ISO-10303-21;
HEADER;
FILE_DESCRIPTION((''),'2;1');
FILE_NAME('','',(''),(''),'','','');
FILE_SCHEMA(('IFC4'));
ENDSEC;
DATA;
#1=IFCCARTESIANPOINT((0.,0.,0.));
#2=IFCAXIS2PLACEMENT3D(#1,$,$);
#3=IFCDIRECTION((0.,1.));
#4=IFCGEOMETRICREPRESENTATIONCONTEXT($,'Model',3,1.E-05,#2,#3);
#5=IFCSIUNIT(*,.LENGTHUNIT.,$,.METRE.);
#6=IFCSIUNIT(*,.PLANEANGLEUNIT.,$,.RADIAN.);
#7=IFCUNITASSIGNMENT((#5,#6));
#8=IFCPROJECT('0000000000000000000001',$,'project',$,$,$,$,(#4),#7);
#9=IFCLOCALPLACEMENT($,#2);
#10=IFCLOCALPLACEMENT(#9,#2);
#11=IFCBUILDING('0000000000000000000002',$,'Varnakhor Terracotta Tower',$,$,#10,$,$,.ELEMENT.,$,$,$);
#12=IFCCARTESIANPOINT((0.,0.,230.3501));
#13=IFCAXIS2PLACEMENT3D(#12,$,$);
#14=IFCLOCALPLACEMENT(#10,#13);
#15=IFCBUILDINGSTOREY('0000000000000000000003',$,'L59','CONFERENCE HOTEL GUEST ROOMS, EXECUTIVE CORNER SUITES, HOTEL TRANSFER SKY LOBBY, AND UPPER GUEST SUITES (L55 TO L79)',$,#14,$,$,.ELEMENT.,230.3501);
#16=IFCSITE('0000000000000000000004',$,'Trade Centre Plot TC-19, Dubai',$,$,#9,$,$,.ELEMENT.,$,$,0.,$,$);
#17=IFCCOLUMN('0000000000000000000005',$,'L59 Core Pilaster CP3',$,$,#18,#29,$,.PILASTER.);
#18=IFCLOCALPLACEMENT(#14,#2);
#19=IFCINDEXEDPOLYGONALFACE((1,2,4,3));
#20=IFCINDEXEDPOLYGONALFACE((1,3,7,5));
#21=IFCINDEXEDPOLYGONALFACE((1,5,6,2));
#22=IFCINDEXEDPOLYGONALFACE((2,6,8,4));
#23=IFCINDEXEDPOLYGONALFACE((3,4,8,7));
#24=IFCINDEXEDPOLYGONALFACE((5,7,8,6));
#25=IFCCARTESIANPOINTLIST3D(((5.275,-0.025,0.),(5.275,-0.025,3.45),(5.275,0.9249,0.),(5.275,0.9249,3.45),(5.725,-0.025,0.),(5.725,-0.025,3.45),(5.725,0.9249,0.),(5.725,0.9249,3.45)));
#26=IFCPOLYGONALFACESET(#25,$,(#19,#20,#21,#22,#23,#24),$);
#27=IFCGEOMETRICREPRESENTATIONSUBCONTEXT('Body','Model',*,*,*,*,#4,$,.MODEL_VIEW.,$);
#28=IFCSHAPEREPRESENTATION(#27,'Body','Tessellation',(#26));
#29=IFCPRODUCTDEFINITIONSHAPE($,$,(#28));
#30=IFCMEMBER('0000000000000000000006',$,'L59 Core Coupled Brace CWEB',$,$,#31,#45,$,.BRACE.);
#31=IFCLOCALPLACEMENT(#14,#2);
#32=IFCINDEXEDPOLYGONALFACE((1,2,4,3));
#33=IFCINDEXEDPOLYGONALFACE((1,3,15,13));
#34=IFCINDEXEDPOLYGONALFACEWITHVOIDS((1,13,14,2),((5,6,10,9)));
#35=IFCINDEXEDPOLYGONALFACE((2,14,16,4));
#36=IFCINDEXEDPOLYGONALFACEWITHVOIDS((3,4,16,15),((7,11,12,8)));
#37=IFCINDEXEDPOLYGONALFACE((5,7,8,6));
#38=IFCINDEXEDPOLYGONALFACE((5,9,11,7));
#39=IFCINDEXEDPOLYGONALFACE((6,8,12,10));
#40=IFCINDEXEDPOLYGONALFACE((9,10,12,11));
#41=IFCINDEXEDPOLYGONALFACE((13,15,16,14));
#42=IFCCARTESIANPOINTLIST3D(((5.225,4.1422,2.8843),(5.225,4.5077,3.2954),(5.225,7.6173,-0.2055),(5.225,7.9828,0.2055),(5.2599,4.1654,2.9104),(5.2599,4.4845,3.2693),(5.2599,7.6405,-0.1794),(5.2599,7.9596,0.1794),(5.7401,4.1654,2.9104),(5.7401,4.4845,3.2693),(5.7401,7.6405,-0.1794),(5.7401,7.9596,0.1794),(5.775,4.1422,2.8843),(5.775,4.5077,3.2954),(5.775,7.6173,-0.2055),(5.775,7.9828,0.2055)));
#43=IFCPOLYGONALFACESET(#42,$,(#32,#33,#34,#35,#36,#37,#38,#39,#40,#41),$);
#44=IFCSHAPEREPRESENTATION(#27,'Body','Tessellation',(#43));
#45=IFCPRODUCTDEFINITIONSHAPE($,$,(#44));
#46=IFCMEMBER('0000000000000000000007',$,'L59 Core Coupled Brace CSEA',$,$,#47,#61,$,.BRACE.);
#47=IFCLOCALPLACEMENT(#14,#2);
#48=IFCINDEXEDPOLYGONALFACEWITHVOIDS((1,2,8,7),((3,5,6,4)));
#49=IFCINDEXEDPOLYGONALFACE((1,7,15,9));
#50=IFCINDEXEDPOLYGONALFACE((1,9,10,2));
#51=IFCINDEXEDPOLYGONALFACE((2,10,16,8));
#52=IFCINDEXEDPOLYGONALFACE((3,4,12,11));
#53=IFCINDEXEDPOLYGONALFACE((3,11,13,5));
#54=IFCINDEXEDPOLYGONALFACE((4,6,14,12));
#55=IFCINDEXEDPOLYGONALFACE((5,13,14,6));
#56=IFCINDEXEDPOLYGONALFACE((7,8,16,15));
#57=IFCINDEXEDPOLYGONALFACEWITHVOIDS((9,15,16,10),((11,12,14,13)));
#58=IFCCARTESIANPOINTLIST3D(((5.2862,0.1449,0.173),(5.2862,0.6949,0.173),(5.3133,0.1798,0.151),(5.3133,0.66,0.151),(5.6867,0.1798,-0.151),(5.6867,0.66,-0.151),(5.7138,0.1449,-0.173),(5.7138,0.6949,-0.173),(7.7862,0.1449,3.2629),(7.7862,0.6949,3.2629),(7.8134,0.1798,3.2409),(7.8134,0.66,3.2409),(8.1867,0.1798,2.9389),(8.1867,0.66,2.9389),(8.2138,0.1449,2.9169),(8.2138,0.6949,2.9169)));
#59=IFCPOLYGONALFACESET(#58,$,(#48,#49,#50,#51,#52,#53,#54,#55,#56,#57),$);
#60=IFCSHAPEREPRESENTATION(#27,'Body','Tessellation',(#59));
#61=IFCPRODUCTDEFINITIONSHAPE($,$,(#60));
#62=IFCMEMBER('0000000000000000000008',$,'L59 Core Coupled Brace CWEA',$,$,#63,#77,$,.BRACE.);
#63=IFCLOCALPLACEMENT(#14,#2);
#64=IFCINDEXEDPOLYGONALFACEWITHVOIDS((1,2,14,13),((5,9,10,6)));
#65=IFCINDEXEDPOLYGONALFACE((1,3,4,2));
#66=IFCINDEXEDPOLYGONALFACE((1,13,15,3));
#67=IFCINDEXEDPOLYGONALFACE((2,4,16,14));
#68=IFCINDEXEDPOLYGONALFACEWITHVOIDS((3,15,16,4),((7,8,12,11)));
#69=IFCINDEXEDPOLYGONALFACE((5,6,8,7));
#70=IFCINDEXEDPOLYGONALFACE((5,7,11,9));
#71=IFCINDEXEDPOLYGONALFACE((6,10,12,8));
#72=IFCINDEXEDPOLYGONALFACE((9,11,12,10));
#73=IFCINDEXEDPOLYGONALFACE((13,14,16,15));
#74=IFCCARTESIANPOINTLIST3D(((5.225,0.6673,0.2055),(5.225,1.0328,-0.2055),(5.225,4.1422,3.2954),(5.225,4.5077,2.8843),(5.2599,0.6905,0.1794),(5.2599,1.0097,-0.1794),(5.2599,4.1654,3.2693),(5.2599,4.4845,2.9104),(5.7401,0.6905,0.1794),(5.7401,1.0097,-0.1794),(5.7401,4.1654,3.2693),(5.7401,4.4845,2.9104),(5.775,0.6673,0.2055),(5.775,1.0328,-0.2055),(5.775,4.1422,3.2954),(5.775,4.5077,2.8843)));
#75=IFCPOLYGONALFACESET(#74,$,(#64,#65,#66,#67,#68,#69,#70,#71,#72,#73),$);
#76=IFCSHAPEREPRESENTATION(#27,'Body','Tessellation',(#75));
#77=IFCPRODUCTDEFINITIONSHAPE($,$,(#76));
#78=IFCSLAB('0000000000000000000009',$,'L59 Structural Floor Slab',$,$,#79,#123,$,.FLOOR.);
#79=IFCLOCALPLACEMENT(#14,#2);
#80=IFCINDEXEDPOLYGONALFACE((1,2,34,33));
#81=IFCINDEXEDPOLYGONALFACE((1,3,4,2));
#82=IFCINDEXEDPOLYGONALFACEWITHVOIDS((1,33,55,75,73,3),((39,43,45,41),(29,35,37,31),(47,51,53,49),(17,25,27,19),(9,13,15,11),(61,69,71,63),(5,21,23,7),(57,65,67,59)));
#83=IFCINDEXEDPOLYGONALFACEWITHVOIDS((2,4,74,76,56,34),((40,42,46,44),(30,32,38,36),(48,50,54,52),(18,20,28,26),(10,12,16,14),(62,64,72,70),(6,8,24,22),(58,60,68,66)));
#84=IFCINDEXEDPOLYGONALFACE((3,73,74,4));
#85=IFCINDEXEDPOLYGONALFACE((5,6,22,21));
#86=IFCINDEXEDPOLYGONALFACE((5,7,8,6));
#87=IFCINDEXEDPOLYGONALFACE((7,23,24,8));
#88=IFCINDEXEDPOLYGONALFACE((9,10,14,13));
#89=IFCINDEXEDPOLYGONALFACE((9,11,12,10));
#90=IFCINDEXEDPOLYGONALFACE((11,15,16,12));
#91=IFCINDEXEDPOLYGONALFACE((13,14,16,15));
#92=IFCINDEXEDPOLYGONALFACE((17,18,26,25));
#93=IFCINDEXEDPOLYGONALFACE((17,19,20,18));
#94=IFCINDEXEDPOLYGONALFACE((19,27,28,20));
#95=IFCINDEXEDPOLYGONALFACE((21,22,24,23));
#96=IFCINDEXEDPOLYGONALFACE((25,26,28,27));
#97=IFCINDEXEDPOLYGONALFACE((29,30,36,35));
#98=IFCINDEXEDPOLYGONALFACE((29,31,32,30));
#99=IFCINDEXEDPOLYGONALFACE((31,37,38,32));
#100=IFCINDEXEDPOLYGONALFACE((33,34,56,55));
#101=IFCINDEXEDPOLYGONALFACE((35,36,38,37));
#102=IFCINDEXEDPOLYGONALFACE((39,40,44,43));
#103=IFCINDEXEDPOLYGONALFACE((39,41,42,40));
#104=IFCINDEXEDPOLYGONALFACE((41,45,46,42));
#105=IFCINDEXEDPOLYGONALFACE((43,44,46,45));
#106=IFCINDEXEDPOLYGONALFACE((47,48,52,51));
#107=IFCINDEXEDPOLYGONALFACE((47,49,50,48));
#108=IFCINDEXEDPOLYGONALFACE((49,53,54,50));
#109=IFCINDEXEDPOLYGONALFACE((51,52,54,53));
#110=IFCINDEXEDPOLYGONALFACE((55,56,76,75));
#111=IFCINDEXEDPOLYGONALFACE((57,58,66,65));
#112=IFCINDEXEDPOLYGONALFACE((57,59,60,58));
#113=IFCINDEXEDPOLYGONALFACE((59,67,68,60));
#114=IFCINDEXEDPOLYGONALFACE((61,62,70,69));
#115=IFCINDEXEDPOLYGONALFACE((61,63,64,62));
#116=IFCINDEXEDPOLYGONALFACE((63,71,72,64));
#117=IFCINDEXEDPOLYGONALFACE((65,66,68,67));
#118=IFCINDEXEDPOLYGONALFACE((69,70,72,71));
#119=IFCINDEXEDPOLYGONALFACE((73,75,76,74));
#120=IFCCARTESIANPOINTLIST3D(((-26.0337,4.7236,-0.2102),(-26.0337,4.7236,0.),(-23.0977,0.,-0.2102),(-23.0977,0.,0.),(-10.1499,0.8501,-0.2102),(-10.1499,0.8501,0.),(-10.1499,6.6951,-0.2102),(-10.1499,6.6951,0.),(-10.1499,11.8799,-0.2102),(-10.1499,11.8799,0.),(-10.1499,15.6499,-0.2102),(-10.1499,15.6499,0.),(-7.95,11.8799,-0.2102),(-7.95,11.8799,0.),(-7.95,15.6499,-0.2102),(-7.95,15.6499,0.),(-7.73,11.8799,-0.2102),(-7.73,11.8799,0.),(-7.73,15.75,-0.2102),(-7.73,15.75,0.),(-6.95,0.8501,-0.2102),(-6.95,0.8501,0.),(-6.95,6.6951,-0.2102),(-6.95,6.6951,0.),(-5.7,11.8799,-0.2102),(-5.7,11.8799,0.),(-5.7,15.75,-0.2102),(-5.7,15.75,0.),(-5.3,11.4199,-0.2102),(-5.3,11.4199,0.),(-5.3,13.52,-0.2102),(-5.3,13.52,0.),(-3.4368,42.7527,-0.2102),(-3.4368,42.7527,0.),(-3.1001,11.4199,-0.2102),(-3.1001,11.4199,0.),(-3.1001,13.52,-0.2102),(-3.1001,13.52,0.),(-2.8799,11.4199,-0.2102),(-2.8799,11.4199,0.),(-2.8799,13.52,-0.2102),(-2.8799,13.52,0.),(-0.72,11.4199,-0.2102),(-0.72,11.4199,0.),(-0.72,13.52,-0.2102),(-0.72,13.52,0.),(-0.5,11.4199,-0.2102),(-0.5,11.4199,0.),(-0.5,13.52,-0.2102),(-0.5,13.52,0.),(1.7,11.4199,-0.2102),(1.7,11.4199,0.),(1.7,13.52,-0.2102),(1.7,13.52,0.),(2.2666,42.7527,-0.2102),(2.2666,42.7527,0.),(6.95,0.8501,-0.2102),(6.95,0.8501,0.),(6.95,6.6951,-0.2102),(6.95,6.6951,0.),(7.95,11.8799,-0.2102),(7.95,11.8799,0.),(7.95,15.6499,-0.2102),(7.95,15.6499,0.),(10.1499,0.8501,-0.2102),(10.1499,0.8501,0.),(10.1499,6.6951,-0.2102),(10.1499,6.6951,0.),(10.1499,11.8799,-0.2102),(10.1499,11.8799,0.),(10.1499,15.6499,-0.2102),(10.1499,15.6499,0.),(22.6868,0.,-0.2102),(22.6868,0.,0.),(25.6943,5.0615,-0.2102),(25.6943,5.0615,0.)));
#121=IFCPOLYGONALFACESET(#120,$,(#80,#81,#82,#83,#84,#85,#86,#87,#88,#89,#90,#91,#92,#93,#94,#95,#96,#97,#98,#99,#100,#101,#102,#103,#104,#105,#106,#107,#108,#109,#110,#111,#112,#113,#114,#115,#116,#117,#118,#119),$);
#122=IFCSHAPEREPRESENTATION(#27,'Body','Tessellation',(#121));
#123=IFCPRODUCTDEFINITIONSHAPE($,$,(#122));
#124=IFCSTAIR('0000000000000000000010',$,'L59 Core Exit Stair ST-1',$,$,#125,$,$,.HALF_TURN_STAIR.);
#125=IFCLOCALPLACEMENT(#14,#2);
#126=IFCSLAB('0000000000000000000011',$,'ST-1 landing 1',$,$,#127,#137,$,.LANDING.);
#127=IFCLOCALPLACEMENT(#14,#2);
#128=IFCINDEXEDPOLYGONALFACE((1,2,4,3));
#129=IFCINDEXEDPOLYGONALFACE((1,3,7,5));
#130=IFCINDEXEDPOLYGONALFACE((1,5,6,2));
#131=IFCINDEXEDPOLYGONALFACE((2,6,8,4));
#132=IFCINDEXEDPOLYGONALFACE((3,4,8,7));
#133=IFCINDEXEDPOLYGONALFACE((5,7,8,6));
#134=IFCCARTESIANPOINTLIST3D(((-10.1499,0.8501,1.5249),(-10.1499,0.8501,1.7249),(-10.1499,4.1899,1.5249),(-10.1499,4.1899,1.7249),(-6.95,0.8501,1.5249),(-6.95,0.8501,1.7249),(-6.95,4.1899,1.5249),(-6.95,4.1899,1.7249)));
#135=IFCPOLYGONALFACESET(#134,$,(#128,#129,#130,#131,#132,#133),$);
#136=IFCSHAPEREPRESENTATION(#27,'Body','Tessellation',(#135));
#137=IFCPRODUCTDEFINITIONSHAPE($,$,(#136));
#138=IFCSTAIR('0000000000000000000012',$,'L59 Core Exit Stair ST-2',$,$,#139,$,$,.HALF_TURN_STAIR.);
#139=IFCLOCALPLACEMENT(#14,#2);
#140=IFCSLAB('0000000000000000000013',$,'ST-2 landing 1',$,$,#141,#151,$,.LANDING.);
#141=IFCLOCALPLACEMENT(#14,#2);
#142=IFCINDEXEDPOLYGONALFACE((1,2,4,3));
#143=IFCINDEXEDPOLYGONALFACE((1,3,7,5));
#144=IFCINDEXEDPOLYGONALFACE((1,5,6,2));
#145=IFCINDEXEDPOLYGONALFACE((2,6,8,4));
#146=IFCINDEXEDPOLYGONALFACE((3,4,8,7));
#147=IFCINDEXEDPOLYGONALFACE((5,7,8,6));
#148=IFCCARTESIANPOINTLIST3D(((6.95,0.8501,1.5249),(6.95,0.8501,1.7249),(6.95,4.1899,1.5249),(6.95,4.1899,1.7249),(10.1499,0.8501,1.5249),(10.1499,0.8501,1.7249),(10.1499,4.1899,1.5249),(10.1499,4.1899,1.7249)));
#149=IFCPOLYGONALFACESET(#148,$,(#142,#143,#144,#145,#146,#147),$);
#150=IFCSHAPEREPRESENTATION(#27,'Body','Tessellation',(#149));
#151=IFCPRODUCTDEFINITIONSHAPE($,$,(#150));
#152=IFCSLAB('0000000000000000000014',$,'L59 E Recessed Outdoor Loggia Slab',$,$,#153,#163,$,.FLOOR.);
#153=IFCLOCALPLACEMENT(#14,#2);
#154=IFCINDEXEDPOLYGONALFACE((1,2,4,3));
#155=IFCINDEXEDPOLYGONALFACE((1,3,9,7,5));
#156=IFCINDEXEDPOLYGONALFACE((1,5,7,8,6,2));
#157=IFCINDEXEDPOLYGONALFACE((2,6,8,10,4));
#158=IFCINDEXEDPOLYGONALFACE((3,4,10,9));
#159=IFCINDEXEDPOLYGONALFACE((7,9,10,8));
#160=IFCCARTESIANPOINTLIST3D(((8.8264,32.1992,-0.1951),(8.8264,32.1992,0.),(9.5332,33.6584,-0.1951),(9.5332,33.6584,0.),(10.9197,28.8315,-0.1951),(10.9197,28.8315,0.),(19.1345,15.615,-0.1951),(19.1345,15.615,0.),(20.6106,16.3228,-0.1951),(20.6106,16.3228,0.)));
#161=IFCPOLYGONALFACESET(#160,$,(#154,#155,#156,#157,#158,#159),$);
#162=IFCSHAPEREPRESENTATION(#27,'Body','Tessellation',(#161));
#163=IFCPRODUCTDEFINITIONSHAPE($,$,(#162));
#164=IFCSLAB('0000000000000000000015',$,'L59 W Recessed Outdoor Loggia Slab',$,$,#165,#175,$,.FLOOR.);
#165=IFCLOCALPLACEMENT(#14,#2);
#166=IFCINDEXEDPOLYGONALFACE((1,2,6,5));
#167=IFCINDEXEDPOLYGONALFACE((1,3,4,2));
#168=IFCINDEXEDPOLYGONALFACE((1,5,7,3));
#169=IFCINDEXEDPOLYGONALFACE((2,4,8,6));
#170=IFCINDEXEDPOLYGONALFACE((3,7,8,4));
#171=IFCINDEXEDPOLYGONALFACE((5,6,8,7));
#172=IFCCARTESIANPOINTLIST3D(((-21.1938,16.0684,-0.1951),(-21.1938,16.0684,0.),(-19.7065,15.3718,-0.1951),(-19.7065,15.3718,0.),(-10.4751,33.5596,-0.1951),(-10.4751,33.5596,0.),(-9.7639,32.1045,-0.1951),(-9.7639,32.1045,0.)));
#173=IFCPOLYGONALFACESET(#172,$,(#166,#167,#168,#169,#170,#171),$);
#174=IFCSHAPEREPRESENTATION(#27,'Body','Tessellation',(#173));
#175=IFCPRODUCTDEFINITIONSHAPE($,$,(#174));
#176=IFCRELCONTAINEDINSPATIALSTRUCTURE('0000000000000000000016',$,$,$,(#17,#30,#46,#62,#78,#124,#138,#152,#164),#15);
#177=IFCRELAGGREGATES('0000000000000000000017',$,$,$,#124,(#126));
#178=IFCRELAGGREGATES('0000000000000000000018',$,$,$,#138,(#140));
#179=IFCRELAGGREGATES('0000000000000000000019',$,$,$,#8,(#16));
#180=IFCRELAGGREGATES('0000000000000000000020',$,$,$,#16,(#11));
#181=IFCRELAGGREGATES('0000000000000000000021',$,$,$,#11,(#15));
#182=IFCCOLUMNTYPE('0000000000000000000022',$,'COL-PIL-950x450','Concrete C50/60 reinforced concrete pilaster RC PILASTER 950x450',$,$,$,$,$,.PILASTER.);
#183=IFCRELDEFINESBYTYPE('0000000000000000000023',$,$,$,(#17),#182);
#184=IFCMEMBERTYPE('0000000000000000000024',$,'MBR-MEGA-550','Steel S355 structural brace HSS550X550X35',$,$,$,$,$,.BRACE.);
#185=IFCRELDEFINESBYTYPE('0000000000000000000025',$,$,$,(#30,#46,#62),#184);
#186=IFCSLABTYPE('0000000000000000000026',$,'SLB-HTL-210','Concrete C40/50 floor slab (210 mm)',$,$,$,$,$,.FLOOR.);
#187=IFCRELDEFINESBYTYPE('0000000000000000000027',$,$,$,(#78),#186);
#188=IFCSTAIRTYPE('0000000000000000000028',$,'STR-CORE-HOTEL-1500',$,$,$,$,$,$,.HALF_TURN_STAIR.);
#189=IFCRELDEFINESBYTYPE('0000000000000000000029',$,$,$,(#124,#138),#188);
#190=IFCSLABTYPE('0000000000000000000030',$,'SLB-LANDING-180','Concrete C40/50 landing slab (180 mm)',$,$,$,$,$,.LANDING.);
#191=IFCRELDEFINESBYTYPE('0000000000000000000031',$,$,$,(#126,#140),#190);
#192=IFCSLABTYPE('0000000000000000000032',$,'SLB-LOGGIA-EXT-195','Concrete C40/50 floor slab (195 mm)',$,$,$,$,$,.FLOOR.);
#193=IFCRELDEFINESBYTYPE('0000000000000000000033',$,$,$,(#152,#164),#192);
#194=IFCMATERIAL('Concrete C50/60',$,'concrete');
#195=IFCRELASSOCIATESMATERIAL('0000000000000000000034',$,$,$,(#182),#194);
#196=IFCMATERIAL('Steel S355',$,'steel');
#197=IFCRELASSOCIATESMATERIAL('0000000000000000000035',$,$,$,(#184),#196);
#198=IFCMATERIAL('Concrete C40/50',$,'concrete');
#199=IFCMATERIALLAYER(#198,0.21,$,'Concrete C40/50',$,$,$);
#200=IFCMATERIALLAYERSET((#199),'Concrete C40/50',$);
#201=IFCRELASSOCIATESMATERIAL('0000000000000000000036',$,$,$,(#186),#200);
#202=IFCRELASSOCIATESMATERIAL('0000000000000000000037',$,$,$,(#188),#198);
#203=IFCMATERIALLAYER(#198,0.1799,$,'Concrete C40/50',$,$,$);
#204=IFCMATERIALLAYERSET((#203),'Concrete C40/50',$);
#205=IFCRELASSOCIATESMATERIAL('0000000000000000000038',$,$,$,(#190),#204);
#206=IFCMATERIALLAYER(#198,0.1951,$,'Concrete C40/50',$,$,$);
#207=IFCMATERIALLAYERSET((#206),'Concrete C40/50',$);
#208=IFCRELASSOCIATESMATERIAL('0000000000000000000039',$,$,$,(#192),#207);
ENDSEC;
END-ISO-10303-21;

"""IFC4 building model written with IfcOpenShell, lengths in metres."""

from ifc_helpers import new_model, si_unit, direction, frame, origin, origin_2d, place, context, subcontext, project, spatial, polyline, rectangle, hollow_rectangle, outline, extrude, source, transform, mapped, material, layer, layer_set, material_profile, profile_set, type_object, element, aggregate, save


model = new_model("IFC4")

# Units and contexts
model_context = context("Model", 3, precision=1e-05, world=origin(), true_north=direction((0.0, 1.0)))
body_context = subcontext(model_context, "Body", "Model", "MODEL_VIEW")
ifc_project = project(units=[si_unit("LENGTHUNIT", "METRE"), si_unit("PLANEANGLEUNIT", "RADIAN")], contexts=[model_context])

# Site, building, storey
site_placement = place(None, origin())
site = spatial("IfcSite", under=ifc_project, at=site_placement, Name="Trade Centre Plot TC-19, Dubai", CompositionType="ELEMENT", RefElevation=0.0)
building_placement = place(site_placement, origin())
building = spatial("IfcBuilding", under=site, at=building_placement, Name="Varnakhor Terracotta Tower", CompositionType="ELEMENT")
storey_placement = place(building_placement, frame((0.0, 0.0, 230.3501)))
storey = spatial("IfcBuildingStorey", under=building, at=storey_placement, Name="L59", Description="CONFERENCE HOTEL GUEST ROOMS, EXECUTIVE CORNER SUITES, HOTEL TRANSFER SKY LOBBY, AND UPPER GUEST SUITES (L55 TO L79)", CompositionType="ELEMENT", Elevation=230.3501)

# Column
ifc_material_1 = material(Name="Concrete C50/60", Category="concrete")
ifc_material_profile_1 = material_profile(ifc_material_1, rectangle(XDim=0.45, YDim=0.95, at=origin_2d()), Name="RC PILASTER 950x450")
ifc_profile_set_1 = profile_set([ifc_material_profile_1], Name="Concrete C50/60")
column_type = type_object("IfcColumnType", Name="COL-PIL-950x450", Description="Concrete C50/60 reinforced concrete pilaster RC PILASTER 950x450", PredefinedType="PILASTER", material=ifc_profile_set_1)
shared_shape_1 = source(origin(), body_context, "Body", "SweptSolid", [
    extrude(rectangle(XDim=0.45, YDim=0.95, at=origin_2d()), origin(), (0.0, 0.0, 1.0), 3.45),
])
column_placement = place(storey_placement, frame((5.5, 0.45, 0.0), z_axis=(0.0, 0.0, 1.0), x_axis=(1.0, 0.0, 0.0)))
element("IfcColumn", 1, at=column_placement, inside=storey, type_object=column_type, Name="L59 Core Pilaster CP3", PredefinedType="PILASTER", context=body_context, shape_type="MappedRepresentation", body=[
    mapped(shared_shape_1, transform((0.0, 0.0, 0.0), scale=1.0)),
])

# Members
ifc_material_2 = material(Name="Steel S355", Category="steel")
ifc_material_profile_2 = material_profile(ifc_material_2, hollow_rectangle(XDim=0.55, YDim=0.55, WallThickness=0.0349, at=origin_2d()), Name="HSS550X550X35")
ifc_profile_set_2 = profile_set([ifc_material_profile_2], Name="Steel S355")
member_type = type_object("IfcMemberType", Name="MBR-MEGA-550", Description="Steel S355 structural brace HSS550X550X35", PredefinedType="BRACE", material=ifc_profile_set_2)
shared_shape_2 = source(origin(), body_context, "Body", "SweptSolid", [
    extrude(hollow_rectangle(XDim=0.55, YDim=0.55, WallThickness=0.0349, at=origin_2d()), origin(), (0.0, 0.0, 1.0), 4.6501),
])
member_1_placement = place(storey_placement, frame((5.5, 7.8, 0.0), z_axis=(0.0, -0.747317, 0.664468), x_axis=(1.0, 0.0, 0.0)))
element("IfcMember", 2, at=member_1_placement, inside=storey, type_object=member_type, Name="L59 Core Coupled Brace CWEB", PredefinedType="BRACE", context=body_context, shape_type="MappedRepresentation", body=[
    mapped(shared_shape_2, transform((0.0, 0.0, 0.0), scale=1.0)),
])
shared_shape_3 = source(origin(), body_context, "Body", "SweptSolid", [
    extrude(hollow_rectangle(XDim=0.55, YDim=0.55, WallThickness=0.0349, at=origin_2d()), origin(), (0.0, 0.0, 1.0), 3.9746),
])
member_2_placement = place(storey_placement, frame((5.5, 0.4199, 0.0), z_axis=(0.629, 0.0, 0.777405), x_axis=(0.0, 1.0, 0.0)))
element("IfcMember", 3, at=member_2_placement, inside=storey, type_object=member_type, Name="L59 Core Coupled Brace CSEA", PredefinedType="BRACE", context=body_context, shape_type="MappedRepresentation", body=[
    mapped(shared_shape_3, transform((0.0, 0.0, 0.0), scale=1.0)),
])
shared_shape_4 = source(origin(), body_context, "Body", "SweptSolid", [
    extrude(hollow_rectangle(XDim=0.55, YDim=0.55, WallThickness=0.0349, at=origin_2d()), origin(), (0.0, 0.0, 1.0), 4.6499),
])
member_3_placement = place(storey_placement, frame((5.5, 0.8501, 0.0), z_axis=(0.0, 0.747293, 0.664494), x_axis=(-1.0, 0.0, 0.0)))
element("IfcMember", 4, at=member_3_placement, inside=storey, type_object=member_type, Name="L59 Core Coupled Brace CWEA", PredefinedType="BRACE", context=body_context, shape_type="MappedRepresentation", body=[
    mapped(shared_shape_4, transform((0.0, 0.0, 0.0), scale=1.0)),
])

# Slab
ifc_material_3 = material(Name="Concrete C40/50", Category="concrete")
ifc_layer_1 = layer(ifc_material_3, 0.21, Name="Concrete C40/50")
ifc_layer_set_1 = layer_set([ifc_layer_1], Name="Concrete C40/50")
slab_type_1 = type_object("IfcSlabType", Name="SLB-HTL-210", Description="Concrete C40/50 floor slab (210 mm)", PredefinedType="FLOOR", material=ifc_layer_set_1)
slab_1_placement = place(storey_placement, frame((0.0, 0.0, -0.2102)))
element("IfcSlab", 5, at=slab_1_placement, inside=storey, type_object=slab_type_1, Name="L59 Structural Floor Slab", PredefinedType="FLOOR", context=body_context, shape_type="SweptSolid", body=[
    extrude(outline(polyline([(-26.0337, 4.7236), (-3.4368, 42.7527), (2.2666, 42.7527), (25.6943, 5.0615), (22.6868, 0.0), (-23.0977, 0.0), (-26.0337, 4.7236)]), holes=[polyline([(-6.95, 0.8501), (-6.95, 6.6951), (-10.1499, 6.6951), (-10.1499, 0.8501), (-6.95, 0.8501)]), polyline([(10.1499, 0.8501), (10.1499, 6.6951), (6.95, 6.6951), (6.95, 0.8501), (10.1499, 0.8501)]), polyline([(-3.1001, 11.4199), (-3.1001, 13.52), (-5.3, 13.52), (-5.3, 11.4199), (-3.1001, 11.4199)]), polyline([(-0.72, 11.4199), (-0.72, 13.52), (-2.8799, 13.52), (-2.8799, 11.4199), (-0.72, 11.4199)]), polyline([(1.7, 11.4199), (1.7, 13.52), (-0.5, 13.52), (-0.5, 11.4199), (1.7, 11.4199)]), polyline([(-7.95, 11.8799), (-7.95, 15.6499), (-10.1499, 15.6499), (-10.1499, 11.8799), (-7.95, 11.8799)]), polyline([(10.1499, 11.8799), (10.1499, 15.6499), (7.95, 15.6499), (7.95, 11.8799), (10.1499, 11.8799)]), polyline([(-5.7, 11.8799), (-5.7, 15.75), (-7.73, 15.75), (-7.73, 11.8799), (-5.7, 11.8799)])]), origin(), (0.0, 0.0, 1.0), 0.2102),
])

# Stairs, slabs
stair_type = type_object("IfcStairType", Name="STR-CORE-HOTEL-1500", PredefinedType="HALF_TURN_STAIR", material=ifc_material_3)
stair_1_placement = place(storey_placement, origin())
stair_1 = element("IfcStair", 6, at=stair_1_placement, inside=storey, type_object=stair_type, Name="L59 Core Exit Stair ST-1", PredefinedType="HALF_TURN_STAIR")
ifc_layer_2 = layer(ifc_material_3, 0.1799, Name="Concrete C40/50")
ifc_layer_set_2 = layer_set([ifc_layer_2], Name="Concrete C40/50")
slab_type_2 = type_object("IfcSlabType", Name="SLB-LANDING-180", Description="Concrete C40/50 landing slab (180 mm)", PredefinedType="LANDING", material=ifc_layer_set_2)
slab_2_placement = place(storey_placement, frame((0.0, 0.0, 1.5249)))
slab_2 = element("IfcSlab", 7, at=slab_2_placement, type_object=slab_type_2, Name="ST-1 landing 1", PredefinedType="LANDING", context=body_context, shape_type="SweptSolid", body=[
    extrude(outline(polyline([(-10.1499, 4.1899), (-10.1499, 0.8501), (-6.95, 0.8501), (-6.95, 4.1899), (-10.1499, 4.1899)])), origin(), (0.0, 0.0, 1.0), 0.2),
])
aggregate(stair_1, [slab_2])
stair_2_placement = place(storey_placement, origin())
stair_2 = element("IfcStair", 8, at=stair_2_placement, inside=storey, type_object=stair_type, Name="L59 Core Exit Stair ST-2", PredefinedType="HALF_TURN_STAIR")
slab_3_placement = place(storey_placement, frame((0.0, 0.0, 1.5249)))
slab_3 = element("IfcSlab", 9, at=slab_3_placement, type_object=slab_type_2, Name="ST-2 landing 1", PredefinedType="LANDING", context=body_context, shape_type="SweptSolid", body=[
    extrude(outline(polyline([(6.95, 4.1899), (6.95, 0.8501), (10.1499, 0.8501), (10.1499, 4.1899), (6.95, 4.1899)])), origin(), (0.0, 0.0, 1.0), 0.2),
])

# Slabs
ifc_layer_3 = layer(ifc_material_3, 0.1951, Name="Concrete C40/50")
ifc_layer_set_3 = layer_set([ifc_layer_3], Name="Concrete C40/50")
slab_type_3 = type_object("IfcSlabType", Name="SLB-LOGGIA-EXT-195", Description="Concrete C40/50 floor slab (195 mm)", PredefinedType="FLOOR", material=ifc_layer_set_3)
slab_4_placement = place(storey_placement, frame((0.0, 0.0, -0.1951)))
element("IfcSlab", 10, at=slab_4_placement, inside=storey, type_object=slab_type_3, Name="L59 E Recessed Outdoor Loggia Slab", PredefinedType="FLOOR", context=body_context, shape_type="SweptSolid", body=[
    extrude(outline(polyline([(9.5332, 33.6584), (20.6106, 16.3228), (19.1345, 15.615), (10.9197, 28.8315), (8.8264, 32.1992), (9.5332, 33.6584)])), origin(), (0.0, 0.0, 1.0), 0.1951),
])
slab_5_placement = place(storey_placement, frame((0.0, 0.0, -0.1951)))
element("IfcSlab", 11, at=slab_5_placement, inside=storey, type_object=slab_type_3, Name="L59 W Recessed Outdoor Loggia Slab", PredefinedType="FLOOR", context=body_context, shape_type="SweptSolid", body=[
    extrude(outline(polyline([(-21.1938, 16.0684), (-10.4751, 33.5596), (-9.7639, 32.1045), (-19.7065, 15.3718), (-21.1938, 16.0684)])), origin(), (0.0, 0.0, 1.0), 0.1951),
])

aggregate(stair_2, [slab_3])

save(model, "model.ifc")
